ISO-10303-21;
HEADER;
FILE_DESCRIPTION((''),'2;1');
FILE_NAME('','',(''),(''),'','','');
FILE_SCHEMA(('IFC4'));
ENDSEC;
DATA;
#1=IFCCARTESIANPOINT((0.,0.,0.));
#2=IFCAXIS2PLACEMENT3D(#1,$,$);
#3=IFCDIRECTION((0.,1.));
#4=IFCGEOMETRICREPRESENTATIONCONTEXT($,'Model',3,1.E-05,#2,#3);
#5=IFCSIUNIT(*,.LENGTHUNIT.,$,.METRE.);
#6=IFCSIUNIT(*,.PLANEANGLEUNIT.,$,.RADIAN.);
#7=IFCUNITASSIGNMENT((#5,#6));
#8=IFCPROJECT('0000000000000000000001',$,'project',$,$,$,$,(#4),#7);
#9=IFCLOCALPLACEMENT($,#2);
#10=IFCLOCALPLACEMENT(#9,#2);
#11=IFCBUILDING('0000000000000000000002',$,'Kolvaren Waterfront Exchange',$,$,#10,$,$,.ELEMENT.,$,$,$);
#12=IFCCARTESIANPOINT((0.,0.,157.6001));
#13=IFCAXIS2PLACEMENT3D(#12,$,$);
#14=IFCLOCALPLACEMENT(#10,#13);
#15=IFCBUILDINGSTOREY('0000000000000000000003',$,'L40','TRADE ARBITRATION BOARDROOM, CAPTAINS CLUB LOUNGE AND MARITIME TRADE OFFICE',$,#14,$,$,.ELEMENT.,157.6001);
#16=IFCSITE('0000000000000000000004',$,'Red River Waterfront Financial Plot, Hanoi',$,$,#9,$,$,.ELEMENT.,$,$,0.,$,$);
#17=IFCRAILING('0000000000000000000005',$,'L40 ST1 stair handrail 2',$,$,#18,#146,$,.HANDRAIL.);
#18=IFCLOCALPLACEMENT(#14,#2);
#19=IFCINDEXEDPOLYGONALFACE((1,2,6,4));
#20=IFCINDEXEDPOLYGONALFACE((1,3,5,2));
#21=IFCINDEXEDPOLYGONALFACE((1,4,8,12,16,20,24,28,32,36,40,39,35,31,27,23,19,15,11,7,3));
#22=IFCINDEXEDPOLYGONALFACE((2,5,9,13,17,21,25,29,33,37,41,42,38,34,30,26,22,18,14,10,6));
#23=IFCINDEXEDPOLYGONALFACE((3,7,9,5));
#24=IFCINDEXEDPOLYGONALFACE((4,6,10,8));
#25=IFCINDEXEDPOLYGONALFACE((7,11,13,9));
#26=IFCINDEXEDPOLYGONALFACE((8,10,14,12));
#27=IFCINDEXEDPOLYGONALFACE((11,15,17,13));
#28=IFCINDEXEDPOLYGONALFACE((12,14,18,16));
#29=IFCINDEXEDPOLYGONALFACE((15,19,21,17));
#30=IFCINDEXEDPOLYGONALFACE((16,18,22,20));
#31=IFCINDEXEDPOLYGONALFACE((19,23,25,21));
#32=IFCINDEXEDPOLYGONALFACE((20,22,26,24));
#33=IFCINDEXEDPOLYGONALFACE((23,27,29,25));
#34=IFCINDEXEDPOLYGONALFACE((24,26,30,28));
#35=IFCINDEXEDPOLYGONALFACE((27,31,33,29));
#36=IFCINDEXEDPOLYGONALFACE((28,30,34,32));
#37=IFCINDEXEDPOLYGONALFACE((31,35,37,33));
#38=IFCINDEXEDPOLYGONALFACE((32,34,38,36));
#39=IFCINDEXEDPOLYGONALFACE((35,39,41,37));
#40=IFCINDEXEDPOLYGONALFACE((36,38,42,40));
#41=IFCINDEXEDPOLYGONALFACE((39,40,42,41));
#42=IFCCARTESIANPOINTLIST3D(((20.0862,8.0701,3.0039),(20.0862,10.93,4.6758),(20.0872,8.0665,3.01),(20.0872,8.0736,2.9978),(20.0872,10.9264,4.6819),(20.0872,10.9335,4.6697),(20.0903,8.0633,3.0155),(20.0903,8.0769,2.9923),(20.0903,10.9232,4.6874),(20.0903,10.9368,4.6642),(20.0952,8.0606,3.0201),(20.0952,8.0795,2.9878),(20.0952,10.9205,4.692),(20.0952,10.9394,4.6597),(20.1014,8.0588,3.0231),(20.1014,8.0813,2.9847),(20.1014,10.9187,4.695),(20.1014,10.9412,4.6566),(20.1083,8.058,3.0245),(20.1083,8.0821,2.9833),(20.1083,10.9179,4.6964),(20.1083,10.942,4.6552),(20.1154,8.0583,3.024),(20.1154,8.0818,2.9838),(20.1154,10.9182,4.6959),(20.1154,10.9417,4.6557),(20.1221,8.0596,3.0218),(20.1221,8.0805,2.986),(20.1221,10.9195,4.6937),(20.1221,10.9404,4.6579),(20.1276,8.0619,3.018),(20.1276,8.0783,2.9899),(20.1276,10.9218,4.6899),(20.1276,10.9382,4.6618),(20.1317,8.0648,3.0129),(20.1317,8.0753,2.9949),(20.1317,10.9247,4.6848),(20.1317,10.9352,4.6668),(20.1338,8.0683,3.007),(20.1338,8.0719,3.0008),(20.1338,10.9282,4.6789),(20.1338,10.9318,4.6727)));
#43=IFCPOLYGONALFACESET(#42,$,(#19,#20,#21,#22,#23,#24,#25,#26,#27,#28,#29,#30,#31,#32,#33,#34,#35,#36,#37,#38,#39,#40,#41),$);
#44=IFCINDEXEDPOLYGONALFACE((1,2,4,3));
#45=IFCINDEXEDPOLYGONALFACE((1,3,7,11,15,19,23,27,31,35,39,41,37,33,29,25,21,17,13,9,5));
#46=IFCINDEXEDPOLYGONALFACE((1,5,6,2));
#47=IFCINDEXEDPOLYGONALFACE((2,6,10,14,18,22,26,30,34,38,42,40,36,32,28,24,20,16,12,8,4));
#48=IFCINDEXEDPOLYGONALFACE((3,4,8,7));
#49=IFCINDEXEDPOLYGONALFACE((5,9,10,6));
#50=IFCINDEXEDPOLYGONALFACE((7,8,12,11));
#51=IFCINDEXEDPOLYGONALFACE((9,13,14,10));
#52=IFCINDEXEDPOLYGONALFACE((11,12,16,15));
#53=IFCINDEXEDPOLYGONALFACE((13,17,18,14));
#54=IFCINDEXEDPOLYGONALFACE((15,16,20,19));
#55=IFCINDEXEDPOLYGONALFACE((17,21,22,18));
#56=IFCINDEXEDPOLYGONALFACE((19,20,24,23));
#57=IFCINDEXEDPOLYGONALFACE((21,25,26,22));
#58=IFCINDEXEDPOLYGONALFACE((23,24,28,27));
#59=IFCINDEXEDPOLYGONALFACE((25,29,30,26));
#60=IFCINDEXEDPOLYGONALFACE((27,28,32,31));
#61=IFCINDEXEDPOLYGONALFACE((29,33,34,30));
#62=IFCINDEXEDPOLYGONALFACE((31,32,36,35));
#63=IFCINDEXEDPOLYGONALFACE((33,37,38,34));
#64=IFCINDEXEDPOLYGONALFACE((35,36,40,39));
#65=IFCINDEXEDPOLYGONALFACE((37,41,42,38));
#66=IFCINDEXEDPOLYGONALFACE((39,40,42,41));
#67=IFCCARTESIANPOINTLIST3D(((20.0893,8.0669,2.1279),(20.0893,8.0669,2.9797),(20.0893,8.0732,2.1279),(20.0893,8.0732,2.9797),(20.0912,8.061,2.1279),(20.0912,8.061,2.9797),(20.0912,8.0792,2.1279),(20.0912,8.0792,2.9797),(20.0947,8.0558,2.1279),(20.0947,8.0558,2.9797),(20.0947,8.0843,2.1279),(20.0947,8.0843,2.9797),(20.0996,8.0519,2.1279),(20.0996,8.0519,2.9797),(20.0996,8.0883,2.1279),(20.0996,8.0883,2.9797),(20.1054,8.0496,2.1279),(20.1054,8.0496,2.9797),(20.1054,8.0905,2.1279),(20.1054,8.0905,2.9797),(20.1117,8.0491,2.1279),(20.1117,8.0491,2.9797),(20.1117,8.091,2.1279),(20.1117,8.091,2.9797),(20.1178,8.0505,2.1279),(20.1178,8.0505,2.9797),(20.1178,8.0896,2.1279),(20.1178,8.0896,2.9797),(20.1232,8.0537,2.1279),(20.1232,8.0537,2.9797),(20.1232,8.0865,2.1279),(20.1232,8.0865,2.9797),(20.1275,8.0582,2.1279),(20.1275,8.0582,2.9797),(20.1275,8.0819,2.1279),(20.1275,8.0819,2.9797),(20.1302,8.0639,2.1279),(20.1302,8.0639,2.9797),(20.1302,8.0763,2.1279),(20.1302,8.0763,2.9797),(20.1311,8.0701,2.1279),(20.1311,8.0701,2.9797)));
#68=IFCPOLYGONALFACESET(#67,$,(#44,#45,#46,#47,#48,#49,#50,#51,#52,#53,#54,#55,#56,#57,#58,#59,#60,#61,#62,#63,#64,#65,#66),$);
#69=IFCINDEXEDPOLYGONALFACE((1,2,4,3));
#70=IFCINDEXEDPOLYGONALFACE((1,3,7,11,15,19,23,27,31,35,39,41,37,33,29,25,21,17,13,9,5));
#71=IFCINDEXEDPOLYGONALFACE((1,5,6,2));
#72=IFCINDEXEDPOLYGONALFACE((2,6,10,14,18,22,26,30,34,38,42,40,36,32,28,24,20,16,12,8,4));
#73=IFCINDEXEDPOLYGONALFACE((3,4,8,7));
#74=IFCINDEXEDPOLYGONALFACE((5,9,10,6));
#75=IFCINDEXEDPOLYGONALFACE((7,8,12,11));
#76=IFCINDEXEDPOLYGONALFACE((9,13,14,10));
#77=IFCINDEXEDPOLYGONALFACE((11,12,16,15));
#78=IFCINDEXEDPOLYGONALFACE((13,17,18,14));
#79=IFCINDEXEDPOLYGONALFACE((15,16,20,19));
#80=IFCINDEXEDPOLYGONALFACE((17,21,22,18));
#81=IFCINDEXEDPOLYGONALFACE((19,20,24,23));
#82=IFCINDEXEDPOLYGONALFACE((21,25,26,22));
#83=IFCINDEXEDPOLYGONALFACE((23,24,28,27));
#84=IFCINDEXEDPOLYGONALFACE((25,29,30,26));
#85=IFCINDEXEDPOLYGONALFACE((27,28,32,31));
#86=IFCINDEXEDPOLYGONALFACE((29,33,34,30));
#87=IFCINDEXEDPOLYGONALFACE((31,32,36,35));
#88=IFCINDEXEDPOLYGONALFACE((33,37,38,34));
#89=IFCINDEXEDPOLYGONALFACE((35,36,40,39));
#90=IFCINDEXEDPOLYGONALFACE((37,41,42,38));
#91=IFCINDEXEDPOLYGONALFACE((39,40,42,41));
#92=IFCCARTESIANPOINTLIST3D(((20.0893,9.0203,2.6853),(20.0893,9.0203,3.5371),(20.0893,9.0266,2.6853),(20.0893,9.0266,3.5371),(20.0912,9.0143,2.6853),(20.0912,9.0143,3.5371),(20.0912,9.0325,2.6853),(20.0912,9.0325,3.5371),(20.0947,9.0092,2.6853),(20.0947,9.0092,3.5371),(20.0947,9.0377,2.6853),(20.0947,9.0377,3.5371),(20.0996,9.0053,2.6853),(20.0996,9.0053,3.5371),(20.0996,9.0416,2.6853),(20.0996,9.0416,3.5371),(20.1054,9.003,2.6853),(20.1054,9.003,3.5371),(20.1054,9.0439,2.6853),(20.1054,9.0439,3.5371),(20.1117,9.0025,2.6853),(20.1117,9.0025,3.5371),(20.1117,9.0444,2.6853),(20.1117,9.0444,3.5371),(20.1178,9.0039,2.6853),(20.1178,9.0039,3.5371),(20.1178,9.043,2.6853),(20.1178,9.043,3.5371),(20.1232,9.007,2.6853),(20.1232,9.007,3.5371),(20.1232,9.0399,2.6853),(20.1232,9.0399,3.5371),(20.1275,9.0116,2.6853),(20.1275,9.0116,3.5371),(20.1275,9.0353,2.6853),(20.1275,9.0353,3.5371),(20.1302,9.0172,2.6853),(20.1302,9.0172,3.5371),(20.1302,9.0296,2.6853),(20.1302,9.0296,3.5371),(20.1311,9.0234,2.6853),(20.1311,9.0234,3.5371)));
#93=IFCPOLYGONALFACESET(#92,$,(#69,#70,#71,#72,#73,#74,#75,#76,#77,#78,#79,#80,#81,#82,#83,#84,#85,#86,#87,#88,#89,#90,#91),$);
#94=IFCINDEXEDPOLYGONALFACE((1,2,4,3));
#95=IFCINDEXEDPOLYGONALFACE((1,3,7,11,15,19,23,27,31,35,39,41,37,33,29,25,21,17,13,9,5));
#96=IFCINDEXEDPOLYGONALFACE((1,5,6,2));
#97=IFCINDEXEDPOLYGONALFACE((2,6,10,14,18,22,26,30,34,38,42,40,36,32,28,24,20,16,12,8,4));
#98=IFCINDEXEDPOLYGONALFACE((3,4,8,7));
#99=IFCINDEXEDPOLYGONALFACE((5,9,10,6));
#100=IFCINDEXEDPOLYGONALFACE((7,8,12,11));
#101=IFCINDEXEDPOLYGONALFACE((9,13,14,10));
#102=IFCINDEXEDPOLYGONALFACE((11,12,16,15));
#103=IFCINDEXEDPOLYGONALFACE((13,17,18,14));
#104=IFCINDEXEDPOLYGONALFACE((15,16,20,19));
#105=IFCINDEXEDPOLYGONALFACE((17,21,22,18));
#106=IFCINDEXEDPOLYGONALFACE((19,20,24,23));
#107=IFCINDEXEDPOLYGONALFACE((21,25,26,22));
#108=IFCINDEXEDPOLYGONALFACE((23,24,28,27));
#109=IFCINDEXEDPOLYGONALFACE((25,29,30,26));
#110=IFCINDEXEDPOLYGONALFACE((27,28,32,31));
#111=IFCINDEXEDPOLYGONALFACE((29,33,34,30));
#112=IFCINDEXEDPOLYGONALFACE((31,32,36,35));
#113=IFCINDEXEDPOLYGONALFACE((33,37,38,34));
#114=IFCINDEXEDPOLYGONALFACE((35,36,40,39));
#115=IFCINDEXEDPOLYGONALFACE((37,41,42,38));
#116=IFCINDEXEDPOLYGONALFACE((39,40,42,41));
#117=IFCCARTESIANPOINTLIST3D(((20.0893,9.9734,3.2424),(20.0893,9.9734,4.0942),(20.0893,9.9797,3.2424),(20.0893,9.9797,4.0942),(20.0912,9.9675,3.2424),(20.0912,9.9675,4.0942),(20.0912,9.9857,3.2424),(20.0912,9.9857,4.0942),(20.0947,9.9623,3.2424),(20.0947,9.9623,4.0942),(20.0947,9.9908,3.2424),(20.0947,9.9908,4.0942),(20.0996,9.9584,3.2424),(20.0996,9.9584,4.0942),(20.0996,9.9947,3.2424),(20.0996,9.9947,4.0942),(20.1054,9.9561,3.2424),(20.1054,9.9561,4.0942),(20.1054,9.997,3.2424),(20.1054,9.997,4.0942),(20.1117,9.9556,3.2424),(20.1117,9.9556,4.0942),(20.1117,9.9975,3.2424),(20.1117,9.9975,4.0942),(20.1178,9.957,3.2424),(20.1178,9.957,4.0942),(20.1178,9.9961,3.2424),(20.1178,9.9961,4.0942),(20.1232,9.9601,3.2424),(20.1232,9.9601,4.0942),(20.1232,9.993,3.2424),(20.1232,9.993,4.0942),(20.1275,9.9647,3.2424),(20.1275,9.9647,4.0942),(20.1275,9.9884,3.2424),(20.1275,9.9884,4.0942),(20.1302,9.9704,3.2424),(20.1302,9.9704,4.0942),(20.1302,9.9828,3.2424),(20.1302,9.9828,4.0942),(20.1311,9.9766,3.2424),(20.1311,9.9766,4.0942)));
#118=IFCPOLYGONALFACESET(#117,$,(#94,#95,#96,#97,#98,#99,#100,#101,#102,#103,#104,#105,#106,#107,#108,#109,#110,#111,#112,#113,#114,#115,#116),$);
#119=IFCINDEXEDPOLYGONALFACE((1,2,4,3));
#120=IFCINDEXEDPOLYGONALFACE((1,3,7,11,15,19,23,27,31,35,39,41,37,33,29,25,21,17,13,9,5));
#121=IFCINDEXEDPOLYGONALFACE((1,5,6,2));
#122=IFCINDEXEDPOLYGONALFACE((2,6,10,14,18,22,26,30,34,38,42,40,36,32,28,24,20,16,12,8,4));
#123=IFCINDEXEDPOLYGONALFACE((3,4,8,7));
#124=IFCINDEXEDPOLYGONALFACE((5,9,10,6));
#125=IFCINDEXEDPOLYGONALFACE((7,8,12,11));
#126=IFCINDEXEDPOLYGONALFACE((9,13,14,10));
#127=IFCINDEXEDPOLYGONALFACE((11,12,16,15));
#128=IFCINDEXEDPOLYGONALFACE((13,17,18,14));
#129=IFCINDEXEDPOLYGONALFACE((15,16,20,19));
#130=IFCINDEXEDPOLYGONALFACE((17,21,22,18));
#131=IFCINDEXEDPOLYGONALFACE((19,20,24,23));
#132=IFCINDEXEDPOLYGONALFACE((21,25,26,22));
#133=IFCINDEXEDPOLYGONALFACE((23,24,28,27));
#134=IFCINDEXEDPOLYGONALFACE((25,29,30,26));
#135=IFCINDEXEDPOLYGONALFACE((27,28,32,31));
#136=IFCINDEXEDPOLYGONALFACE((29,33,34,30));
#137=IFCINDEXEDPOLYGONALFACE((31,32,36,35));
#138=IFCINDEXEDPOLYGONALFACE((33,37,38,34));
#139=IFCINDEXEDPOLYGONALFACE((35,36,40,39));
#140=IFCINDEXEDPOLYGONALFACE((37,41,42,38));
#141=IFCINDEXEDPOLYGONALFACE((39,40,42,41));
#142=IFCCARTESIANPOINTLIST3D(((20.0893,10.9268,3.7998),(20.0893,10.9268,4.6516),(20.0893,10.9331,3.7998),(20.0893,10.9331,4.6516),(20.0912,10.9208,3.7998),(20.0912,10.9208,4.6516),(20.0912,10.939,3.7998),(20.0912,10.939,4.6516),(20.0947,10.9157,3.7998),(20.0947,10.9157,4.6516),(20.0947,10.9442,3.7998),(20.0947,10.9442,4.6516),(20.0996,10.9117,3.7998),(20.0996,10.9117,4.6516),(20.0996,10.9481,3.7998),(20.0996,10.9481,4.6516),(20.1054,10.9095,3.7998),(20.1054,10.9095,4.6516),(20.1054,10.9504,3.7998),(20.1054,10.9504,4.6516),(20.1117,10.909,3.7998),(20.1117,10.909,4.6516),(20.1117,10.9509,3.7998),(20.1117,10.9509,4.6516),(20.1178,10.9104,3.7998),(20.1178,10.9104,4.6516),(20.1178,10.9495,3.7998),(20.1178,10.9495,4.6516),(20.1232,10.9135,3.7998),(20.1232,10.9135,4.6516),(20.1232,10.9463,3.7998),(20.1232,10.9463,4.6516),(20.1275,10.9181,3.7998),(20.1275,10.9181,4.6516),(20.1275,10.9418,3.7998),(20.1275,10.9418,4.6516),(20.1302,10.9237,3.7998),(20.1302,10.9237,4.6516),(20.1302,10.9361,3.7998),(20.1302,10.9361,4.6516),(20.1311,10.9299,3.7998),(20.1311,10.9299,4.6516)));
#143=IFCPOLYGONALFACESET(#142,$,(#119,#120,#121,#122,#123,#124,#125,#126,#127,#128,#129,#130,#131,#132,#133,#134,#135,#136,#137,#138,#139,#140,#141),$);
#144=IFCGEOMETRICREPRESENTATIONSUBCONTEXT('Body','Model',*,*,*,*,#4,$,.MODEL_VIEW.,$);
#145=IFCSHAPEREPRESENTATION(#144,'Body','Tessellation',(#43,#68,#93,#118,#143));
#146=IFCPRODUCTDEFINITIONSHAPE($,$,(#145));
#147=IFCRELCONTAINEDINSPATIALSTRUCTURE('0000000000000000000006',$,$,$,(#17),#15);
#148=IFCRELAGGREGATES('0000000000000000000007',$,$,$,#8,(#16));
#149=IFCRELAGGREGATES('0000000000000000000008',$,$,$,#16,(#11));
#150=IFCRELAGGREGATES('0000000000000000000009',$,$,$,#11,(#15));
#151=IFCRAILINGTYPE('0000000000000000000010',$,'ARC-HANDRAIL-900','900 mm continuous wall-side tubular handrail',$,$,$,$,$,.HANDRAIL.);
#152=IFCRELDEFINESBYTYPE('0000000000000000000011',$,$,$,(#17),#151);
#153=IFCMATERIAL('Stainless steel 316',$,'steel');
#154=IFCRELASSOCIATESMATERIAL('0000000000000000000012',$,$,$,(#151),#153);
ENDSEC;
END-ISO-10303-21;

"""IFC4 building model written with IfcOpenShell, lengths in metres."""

from ifc_helpers import new_model, si_unit, direction, frame, origin, origin_2d, place, context, subcontext, project, spatial, circle, extrude, material, type_object, element, save


model = new_model("IFC4")

# Units and contexts
model_context = context("Model", 3, precision=1e-05, world=origin(), true_north=direction((0.0, 1.0)))
body_context = subcontext(model_context, "Body", "Model", "MODEL_VIEW")
ifc_project = project(units=[si_unit("LENGTHUNIT", "METRE"), si_unit("PLANEANGLEUNIT", "RADIAN")], contexts=[model_context])

# Site, building, storey
site_placement = place(None, origin())
site = spatial("IfcSite", under=ifc_project, at=site_placement, Name="Red River Waterfront Financial Plot, Hanoi", CompositionType="ELEMENT", RefElevation=0.0)
building_placement = place(site_placement, origin())
building = spatial("IfcBuilding", under=site, at=building_placement, Name="Kolvaren Waterfront Exchange", CompositionType="ELEMENT")
storey_placement = place(building_placement, frame((0.0, 0.0, 157.6001)))
storey = spatial("IfcBuildingStorey", under=building, at=storey_placement, Name="L40", Description="TRADE ARBITRATION BOARDROOM, CAPTAINS CLUB LOUNGE AND MARITIME TRADE OFFICE", CompositionType="ELEMENT", Elevation=157.6001)

# Railing
ifc_material_1 = material(Name="Stainless steel 316", Category="steel")
railing_type_1 = type_object("IfcRailingType", Name="ARC-HANDRAIL-900", Description="900 mm continuous wall-side tubular handrail", PredefinedType="HANDRAIL", material=ifc_material_1)
railing_1_placement = place(storey_placement, frame((20.1101, 8.0701, 2.1279)))
element("IfcRailing", 1, at=railing_1_placement, inside=storey, type_object=railing_type_1, Name="L40 ST1 stair handrail 2", PredefinedType="HANDRAIL", context=body_context, shape_type="SweptSolid", body=[
    extrude(circle(Radius=0.0239, at=origin_2d()), frame((0.0, 0.0, 0.876), z_axis=(0.0, 0.863303, 0.504686), x_axis=(-1.0, 0.0, 0.0)), (0.0, 0.0, 1.0), 3.3127),
    extrude(circle(Radius=0.021, at=origin_2d()), origin(), (0.0, 0.0, 1.0), 0.8518),
    extrude(circle(Radius=0.021, at=origin_2d()), frame((0.0, 0.9534, 0.5574)), (0.0, 0.0, 1.0), 0.8518),
    extrude(circle(Radius=0.021, at=origin_2d()), frame((0.0, 1.9065, 1.1145)), (0.0, 0.0, 1.0), 0.8518),
    extrude(circle(Radius=0.021, at=origin_2d()), frame((0.0, 2.8599, 1.6719)), (0.0, 0.0, 1.0), 0.8518),
])

save(model, "model.ifc")
